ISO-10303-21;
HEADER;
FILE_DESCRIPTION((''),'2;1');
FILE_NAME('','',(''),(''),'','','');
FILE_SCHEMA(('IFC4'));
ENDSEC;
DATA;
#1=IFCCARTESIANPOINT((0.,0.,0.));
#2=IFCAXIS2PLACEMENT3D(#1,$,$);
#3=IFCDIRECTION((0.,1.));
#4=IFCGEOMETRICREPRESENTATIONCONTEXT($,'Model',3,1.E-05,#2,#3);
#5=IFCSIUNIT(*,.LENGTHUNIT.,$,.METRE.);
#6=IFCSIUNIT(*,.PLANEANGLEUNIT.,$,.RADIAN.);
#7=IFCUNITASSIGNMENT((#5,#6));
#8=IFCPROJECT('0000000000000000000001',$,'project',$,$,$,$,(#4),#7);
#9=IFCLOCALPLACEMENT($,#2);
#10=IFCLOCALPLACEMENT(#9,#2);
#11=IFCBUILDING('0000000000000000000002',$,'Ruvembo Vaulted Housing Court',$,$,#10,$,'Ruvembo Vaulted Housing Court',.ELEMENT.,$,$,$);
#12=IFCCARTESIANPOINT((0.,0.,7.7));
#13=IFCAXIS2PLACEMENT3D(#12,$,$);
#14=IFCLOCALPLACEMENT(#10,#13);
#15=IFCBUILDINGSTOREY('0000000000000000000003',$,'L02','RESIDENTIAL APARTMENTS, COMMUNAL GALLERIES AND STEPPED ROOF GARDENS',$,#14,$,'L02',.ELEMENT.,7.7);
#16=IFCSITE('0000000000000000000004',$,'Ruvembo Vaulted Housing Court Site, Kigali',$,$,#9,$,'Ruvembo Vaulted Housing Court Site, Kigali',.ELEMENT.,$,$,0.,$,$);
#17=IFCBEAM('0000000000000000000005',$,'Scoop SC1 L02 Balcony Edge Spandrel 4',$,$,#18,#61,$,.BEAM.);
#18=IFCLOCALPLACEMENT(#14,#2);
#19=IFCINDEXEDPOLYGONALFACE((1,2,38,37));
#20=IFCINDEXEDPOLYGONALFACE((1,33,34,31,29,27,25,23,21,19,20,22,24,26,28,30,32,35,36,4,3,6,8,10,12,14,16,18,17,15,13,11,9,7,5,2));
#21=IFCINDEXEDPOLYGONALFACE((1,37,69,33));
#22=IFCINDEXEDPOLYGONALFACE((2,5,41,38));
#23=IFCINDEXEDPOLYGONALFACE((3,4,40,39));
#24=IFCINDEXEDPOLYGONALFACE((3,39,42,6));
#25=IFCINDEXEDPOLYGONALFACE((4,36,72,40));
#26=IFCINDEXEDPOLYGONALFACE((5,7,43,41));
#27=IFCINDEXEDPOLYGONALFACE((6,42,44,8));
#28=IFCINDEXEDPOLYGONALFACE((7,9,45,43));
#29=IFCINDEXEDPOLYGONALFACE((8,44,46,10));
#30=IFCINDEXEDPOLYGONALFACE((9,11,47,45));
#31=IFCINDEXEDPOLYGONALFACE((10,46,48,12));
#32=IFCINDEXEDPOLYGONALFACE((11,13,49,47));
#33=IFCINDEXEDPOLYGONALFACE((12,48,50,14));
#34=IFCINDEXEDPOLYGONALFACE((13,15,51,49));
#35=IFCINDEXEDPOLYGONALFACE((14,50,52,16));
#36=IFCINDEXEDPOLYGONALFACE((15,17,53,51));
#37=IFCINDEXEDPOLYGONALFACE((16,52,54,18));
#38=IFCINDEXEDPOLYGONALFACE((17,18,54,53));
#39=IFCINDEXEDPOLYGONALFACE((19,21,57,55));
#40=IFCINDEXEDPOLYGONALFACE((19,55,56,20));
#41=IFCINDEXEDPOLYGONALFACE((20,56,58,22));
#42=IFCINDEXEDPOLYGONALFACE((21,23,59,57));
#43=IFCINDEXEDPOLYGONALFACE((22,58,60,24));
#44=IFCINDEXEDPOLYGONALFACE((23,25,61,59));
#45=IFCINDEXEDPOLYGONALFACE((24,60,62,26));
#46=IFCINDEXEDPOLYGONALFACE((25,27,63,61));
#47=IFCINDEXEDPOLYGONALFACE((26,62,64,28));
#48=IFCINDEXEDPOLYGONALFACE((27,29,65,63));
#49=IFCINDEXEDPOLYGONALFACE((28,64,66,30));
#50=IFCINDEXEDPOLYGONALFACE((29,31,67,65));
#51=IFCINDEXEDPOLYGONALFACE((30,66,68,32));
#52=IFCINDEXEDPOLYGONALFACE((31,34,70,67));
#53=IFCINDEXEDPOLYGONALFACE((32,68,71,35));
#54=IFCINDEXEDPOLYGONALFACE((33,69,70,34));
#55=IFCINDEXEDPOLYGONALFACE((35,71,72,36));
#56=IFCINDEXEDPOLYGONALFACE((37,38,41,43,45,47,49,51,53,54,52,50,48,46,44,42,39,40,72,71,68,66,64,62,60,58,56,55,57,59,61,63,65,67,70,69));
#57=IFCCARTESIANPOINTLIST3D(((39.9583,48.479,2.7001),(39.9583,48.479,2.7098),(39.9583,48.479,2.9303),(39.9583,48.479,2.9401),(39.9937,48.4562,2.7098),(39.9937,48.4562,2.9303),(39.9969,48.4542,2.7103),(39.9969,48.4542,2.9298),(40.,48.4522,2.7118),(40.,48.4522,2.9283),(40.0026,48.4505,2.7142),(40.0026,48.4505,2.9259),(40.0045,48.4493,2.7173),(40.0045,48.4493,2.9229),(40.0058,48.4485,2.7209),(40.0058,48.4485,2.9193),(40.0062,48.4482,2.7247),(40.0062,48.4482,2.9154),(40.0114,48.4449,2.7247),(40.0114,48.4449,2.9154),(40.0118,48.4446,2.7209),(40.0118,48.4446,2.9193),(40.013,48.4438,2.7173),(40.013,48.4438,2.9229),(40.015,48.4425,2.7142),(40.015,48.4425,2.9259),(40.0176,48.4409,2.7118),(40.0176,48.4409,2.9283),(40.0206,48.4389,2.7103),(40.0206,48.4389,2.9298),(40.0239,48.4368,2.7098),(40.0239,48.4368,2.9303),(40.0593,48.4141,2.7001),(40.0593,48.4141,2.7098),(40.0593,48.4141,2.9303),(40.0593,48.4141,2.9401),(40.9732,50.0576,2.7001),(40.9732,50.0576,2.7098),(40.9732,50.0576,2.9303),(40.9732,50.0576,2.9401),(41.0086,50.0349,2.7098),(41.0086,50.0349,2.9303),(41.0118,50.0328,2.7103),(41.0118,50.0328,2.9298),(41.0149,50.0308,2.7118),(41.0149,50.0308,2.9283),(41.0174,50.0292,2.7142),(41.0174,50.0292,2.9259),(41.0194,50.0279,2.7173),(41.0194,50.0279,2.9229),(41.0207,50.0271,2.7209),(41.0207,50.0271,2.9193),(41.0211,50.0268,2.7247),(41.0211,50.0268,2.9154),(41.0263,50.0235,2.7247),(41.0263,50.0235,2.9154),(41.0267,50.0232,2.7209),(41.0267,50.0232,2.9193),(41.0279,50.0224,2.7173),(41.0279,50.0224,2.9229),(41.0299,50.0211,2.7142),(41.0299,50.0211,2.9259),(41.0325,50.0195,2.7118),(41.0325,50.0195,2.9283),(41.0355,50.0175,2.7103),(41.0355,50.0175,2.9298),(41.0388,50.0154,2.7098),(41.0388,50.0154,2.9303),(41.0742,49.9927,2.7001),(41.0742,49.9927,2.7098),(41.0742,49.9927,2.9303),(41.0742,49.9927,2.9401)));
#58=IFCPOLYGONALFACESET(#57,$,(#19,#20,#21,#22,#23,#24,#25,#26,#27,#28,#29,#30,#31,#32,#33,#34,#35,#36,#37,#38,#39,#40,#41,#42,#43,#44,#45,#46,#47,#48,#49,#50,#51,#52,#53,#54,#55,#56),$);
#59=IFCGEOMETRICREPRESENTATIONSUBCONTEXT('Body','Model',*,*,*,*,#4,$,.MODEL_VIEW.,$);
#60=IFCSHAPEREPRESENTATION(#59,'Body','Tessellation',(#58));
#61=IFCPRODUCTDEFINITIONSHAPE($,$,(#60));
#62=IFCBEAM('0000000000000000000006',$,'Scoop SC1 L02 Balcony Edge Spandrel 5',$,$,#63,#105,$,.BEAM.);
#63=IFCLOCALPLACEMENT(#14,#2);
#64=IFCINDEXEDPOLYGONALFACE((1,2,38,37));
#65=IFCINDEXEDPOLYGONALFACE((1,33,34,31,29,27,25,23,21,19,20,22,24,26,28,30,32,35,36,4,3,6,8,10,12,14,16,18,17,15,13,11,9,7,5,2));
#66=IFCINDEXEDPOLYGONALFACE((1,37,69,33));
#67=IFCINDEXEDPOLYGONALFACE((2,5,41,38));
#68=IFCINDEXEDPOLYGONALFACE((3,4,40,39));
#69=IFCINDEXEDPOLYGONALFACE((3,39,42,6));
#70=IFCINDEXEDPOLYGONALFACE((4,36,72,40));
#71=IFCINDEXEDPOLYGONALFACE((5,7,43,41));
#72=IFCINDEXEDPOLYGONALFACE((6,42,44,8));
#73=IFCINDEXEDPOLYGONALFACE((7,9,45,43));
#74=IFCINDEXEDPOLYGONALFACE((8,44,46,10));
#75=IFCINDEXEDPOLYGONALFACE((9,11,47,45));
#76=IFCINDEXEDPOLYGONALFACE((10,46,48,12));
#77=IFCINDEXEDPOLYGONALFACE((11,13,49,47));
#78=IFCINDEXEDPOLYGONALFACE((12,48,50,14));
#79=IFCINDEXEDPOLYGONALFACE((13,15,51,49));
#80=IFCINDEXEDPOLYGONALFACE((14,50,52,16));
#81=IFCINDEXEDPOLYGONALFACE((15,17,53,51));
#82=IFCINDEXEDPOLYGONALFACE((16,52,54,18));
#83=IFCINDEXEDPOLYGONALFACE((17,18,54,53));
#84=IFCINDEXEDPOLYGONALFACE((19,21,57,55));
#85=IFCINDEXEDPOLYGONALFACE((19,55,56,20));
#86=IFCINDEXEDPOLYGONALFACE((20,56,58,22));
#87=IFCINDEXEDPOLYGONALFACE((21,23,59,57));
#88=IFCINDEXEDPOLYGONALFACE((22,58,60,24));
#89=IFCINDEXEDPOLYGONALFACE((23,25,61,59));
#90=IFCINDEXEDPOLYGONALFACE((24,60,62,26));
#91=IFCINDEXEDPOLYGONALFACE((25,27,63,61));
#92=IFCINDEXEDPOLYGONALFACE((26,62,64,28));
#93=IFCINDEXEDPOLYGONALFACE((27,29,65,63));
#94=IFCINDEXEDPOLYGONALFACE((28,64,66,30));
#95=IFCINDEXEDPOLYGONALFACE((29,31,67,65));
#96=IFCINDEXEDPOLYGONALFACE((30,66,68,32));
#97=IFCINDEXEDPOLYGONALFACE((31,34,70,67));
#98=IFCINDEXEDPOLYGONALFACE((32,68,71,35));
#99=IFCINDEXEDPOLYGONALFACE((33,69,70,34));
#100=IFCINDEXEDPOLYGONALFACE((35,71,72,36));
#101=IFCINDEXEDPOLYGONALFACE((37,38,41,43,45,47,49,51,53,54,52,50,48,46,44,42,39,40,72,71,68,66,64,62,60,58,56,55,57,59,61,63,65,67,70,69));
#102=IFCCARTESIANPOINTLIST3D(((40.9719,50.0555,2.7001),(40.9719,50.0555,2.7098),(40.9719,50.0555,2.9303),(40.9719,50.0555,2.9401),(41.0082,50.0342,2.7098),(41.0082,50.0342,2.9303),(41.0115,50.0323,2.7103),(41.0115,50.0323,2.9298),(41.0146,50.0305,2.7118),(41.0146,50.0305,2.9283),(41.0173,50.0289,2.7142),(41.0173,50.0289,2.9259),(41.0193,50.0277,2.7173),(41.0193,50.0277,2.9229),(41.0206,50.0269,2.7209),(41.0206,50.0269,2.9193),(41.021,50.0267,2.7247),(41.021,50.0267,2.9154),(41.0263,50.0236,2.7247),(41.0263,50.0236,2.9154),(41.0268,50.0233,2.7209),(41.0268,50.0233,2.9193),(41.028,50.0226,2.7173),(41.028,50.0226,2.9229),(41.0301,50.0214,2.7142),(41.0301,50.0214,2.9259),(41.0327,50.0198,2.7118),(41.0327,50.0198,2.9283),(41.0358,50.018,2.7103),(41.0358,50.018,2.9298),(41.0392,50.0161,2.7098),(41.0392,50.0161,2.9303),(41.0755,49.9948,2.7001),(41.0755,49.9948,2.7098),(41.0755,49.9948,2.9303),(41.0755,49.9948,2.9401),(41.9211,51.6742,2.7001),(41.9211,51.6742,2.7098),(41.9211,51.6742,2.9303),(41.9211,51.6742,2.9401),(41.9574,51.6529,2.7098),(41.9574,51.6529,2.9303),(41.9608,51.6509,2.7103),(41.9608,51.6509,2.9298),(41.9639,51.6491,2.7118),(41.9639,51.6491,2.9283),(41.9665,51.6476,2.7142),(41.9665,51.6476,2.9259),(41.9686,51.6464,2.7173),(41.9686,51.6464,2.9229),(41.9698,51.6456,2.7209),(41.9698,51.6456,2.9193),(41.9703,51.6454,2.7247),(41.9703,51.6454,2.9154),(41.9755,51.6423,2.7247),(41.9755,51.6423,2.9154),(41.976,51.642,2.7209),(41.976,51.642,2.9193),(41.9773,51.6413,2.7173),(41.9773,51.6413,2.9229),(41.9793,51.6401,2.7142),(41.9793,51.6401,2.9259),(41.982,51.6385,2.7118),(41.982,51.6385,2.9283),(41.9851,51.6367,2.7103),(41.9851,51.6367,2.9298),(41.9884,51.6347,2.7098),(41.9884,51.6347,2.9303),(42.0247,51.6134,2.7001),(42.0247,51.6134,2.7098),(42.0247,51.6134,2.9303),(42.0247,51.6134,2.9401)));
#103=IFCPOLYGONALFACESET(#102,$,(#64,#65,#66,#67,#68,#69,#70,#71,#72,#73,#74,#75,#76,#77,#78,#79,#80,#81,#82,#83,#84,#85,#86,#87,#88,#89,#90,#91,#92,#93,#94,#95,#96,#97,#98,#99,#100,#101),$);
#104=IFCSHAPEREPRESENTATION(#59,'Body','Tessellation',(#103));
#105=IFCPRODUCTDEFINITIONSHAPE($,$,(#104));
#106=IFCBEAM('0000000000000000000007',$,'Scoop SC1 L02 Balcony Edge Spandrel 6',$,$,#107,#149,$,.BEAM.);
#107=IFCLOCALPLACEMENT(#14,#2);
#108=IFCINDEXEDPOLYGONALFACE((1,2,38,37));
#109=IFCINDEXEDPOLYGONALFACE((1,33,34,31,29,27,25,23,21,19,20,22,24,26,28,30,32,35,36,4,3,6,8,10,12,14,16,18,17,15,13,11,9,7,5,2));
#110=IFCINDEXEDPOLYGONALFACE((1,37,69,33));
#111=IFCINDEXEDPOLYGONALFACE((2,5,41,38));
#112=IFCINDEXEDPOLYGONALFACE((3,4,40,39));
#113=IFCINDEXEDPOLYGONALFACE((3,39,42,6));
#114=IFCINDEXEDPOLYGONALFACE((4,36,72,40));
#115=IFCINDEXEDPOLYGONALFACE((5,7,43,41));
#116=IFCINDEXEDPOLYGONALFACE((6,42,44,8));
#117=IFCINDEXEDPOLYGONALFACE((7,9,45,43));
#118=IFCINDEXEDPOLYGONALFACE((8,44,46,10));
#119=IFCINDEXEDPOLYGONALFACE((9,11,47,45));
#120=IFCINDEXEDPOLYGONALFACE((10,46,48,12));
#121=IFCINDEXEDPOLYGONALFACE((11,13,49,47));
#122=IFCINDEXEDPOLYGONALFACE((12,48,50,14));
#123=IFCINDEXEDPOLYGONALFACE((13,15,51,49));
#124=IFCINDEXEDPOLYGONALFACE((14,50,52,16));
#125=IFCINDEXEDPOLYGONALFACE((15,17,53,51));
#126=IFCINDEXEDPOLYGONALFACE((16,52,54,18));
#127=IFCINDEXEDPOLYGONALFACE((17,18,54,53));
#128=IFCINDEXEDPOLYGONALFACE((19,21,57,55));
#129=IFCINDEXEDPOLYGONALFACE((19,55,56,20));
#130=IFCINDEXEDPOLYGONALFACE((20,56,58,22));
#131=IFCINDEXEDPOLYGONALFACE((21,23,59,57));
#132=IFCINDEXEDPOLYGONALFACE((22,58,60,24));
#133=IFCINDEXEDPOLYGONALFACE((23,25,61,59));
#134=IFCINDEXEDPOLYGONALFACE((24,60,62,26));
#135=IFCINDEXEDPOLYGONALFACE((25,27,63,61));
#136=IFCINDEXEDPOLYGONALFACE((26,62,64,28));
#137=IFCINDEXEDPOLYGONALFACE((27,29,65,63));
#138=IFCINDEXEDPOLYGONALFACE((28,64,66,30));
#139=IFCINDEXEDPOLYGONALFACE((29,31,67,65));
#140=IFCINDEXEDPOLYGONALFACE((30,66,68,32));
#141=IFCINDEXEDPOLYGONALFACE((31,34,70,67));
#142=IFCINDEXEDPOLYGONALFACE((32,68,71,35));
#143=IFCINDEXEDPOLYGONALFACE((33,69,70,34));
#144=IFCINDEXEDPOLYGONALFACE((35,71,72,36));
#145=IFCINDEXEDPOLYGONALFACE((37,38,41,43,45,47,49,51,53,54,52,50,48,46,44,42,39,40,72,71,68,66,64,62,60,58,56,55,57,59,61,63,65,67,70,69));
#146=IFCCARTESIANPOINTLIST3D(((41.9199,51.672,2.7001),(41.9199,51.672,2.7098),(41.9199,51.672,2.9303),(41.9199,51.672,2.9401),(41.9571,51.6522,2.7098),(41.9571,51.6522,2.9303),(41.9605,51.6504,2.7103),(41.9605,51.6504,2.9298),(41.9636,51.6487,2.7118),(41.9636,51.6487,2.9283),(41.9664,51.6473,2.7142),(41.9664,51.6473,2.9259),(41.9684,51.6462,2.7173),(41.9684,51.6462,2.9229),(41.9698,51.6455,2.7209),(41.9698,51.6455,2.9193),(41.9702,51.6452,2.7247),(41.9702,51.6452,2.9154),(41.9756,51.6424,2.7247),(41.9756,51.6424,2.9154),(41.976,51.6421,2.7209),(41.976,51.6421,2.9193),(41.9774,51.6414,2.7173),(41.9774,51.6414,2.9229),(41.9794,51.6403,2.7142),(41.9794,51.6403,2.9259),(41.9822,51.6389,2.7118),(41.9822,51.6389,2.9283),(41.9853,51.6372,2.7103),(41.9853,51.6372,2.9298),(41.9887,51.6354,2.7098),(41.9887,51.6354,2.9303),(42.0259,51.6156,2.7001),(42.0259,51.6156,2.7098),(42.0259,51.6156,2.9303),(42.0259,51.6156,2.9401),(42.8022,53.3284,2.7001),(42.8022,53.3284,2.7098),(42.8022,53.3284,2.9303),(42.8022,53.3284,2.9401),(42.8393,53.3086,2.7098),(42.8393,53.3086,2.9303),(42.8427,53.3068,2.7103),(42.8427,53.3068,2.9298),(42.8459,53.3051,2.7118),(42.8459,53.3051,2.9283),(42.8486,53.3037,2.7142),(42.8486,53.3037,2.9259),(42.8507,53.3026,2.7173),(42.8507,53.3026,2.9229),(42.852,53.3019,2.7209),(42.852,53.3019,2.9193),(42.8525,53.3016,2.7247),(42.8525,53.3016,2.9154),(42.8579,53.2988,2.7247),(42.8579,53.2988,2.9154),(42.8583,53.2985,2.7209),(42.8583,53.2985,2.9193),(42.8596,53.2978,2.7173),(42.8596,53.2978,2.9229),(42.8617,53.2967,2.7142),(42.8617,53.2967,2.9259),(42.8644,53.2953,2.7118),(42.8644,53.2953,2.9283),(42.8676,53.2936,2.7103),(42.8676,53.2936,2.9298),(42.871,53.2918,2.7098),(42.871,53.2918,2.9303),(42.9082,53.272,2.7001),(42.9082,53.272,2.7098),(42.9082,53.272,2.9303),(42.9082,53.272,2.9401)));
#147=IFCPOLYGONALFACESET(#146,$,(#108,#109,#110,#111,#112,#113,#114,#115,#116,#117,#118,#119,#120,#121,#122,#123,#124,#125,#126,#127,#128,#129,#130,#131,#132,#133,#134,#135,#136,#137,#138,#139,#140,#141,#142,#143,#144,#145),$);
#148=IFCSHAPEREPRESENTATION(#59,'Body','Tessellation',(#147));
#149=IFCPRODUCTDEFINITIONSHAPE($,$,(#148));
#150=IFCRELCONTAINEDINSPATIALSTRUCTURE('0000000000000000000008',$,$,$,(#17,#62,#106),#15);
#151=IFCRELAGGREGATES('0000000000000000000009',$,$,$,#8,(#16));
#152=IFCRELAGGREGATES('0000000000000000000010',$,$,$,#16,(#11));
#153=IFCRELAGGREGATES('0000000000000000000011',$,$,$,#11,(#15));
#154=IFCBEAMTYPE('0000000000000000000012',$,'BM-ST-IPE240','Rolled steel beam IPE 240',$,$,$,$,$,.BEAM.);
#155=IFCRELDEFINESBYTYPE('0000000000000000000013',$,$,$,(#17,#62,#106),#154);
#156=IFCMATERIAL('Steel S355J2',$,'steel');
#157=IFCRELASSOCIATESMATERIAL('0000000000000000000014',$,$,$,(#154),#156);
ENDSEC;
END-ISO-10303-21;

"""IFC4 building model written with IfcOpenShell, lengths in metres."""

from ifc_helpers import new_model, si_unit, direction, frame, origin, origin_2d, place, context, subcontext, project, spatial, i_section, extrude, material, material_profile, profile_set, type_object, element, save


model = new_model("IFC4")

# Units and contexts
model_context = context("Model", 3, precision=1e-05, world=origin(), true_north=direction((0.0, 1.0)))
body_context = subcontext(model_context, "Body", "Model", "MODEL_VIEW")
ifc_project = project(units=[si_unit("LENGTHUNIT", "METRE"), si_unit("PLANEANGLEUNIT", "RADIAN")], contexts=[model_context])

# Site, building, storey
site_placement = place(None, origin())
site = spatial("IfcSite", under=ifc_project, at=site_placement, Name="Ruvembo Vaulted Housing Court Site, Kigali", LongName="Ruvembo Vaulted Housing Court Site, Kigali", CompositionType="ELEMENT", RefElevation=0.0)
building_placement = place(site_placement, origin())
building = spatial("IfcBuilding", under=site, at=building_placement, Name="Ruvembo Vaulted Housing Court", LongName="Ruvembo Vaulted Housing Court", CompositionType="ELEMENT")
storey_placement = place(building_placement, frame((0.0, 0.0, 7.7)))
storey = spatial("IfcBuildingStorey", under=building, at=storey_placement, Name="L02", Description="RESIDENTIAL APARTMENTS, COMMUNAL GALLERIES AND STEPPED ROOF GARDENS", LongName="L02", CompositionType="ELEMENT", Elevation=7.7)

# Beams
ifc_material_1 = material(Name="Steel S355J2", Category="steel")
ifc_material_profile_1 = material_profile(ifc_material_1, i_section(OverallWidth=0.1201, OverallDepth=0.24, WebThickness=0.0061, FlangeThickness=0.0098, FilletRadius=0.0149, at=origin_2d()), Name="IPE 240")
ifc_profile_set_1 = profile_set([ifc_material_profile_1], Name="Steel S355J2")
beam_type = type_object("IfcBeamType", Name="BM-ST-IPE240", Description="Rolled steel beam IPE 240", PredefinedType="BEAM", material=ifc_profile_set_1)
beam_1_placement = place(storey_placement, frame((40.0088, 48.4465, 2.8201), z_axis=(0.540784, 0.841162, 0.0), x_axis=(-0.841162, 0.540784, 0.0)))
element("IfcBeam", 1, at=beam_1_placement, inside=storey, type_object=beam_type, Name="Scoop SC1 L02 Balcony Edge Spandrel 4", PredefinedType="BEAM", context=body_context, shape_type="SweptSolid", body=[
    extrude(i_section(OverallWidth=0.1201, OverallDepth=0.24, WebThickness=0.0061, FlangeThickness=0.0098, FilletRadius=0.0149, at=origin_2d()), origin(), (0.0, 0.0, 1.0), 1.8767),
])
beam_2_placement = place(storey_placement, frame((41.0237, 50.0251, 2.8201), z_axis=(0.50586, 0.862616, 0.0), x_axis=(-0.862616, 0.50586, 0.0)))
element("IfcBeam", 2, at=beam_2_placement, inside=storey, type_object=beam_type, Name="Scoop SC1 L02 Balcony Edge Spandrel 5", PredefinedType="BEAM", context=body_context, shape_type="SweptSolid", body=[
    extrude(i_section(OverallWidth=0.1201, OverallDepth=0.24, WebThickness=0.0061, FlangeThickness=0.0098, FilletRadius=0.0149, at=origin_2d()), origin(), (0.0, 0.0, 1.0), 1.8765),
])
beam_3_placement = place(storey_placement, frame((41.9729, 51.6438, 2.8201), z_axis=(0.470116, 0.882605, 0.0), x_axis=(-0.882605, 0.470116, 0.0)))
element("IfcBeam", 3, at=beam_3_placement, inside=storey, type_object=beam_type, Name="Scoop SC1 L02 Balcony Edge Spandrel 6", PredefinedType="BEAM", context=body_context, shape_type="SweptSolid", body=[
    extrude(i_section(OverallWidth=0.1201, OverallDepth=0.24, WebThickness=0.0061, FlangeThickness=0.0098, FilletRadius=0.0149, at=origin_2d()), origin(), (0.0, 0.0, 1.0), 1.8767),
])

save(model, "model.ifc")
